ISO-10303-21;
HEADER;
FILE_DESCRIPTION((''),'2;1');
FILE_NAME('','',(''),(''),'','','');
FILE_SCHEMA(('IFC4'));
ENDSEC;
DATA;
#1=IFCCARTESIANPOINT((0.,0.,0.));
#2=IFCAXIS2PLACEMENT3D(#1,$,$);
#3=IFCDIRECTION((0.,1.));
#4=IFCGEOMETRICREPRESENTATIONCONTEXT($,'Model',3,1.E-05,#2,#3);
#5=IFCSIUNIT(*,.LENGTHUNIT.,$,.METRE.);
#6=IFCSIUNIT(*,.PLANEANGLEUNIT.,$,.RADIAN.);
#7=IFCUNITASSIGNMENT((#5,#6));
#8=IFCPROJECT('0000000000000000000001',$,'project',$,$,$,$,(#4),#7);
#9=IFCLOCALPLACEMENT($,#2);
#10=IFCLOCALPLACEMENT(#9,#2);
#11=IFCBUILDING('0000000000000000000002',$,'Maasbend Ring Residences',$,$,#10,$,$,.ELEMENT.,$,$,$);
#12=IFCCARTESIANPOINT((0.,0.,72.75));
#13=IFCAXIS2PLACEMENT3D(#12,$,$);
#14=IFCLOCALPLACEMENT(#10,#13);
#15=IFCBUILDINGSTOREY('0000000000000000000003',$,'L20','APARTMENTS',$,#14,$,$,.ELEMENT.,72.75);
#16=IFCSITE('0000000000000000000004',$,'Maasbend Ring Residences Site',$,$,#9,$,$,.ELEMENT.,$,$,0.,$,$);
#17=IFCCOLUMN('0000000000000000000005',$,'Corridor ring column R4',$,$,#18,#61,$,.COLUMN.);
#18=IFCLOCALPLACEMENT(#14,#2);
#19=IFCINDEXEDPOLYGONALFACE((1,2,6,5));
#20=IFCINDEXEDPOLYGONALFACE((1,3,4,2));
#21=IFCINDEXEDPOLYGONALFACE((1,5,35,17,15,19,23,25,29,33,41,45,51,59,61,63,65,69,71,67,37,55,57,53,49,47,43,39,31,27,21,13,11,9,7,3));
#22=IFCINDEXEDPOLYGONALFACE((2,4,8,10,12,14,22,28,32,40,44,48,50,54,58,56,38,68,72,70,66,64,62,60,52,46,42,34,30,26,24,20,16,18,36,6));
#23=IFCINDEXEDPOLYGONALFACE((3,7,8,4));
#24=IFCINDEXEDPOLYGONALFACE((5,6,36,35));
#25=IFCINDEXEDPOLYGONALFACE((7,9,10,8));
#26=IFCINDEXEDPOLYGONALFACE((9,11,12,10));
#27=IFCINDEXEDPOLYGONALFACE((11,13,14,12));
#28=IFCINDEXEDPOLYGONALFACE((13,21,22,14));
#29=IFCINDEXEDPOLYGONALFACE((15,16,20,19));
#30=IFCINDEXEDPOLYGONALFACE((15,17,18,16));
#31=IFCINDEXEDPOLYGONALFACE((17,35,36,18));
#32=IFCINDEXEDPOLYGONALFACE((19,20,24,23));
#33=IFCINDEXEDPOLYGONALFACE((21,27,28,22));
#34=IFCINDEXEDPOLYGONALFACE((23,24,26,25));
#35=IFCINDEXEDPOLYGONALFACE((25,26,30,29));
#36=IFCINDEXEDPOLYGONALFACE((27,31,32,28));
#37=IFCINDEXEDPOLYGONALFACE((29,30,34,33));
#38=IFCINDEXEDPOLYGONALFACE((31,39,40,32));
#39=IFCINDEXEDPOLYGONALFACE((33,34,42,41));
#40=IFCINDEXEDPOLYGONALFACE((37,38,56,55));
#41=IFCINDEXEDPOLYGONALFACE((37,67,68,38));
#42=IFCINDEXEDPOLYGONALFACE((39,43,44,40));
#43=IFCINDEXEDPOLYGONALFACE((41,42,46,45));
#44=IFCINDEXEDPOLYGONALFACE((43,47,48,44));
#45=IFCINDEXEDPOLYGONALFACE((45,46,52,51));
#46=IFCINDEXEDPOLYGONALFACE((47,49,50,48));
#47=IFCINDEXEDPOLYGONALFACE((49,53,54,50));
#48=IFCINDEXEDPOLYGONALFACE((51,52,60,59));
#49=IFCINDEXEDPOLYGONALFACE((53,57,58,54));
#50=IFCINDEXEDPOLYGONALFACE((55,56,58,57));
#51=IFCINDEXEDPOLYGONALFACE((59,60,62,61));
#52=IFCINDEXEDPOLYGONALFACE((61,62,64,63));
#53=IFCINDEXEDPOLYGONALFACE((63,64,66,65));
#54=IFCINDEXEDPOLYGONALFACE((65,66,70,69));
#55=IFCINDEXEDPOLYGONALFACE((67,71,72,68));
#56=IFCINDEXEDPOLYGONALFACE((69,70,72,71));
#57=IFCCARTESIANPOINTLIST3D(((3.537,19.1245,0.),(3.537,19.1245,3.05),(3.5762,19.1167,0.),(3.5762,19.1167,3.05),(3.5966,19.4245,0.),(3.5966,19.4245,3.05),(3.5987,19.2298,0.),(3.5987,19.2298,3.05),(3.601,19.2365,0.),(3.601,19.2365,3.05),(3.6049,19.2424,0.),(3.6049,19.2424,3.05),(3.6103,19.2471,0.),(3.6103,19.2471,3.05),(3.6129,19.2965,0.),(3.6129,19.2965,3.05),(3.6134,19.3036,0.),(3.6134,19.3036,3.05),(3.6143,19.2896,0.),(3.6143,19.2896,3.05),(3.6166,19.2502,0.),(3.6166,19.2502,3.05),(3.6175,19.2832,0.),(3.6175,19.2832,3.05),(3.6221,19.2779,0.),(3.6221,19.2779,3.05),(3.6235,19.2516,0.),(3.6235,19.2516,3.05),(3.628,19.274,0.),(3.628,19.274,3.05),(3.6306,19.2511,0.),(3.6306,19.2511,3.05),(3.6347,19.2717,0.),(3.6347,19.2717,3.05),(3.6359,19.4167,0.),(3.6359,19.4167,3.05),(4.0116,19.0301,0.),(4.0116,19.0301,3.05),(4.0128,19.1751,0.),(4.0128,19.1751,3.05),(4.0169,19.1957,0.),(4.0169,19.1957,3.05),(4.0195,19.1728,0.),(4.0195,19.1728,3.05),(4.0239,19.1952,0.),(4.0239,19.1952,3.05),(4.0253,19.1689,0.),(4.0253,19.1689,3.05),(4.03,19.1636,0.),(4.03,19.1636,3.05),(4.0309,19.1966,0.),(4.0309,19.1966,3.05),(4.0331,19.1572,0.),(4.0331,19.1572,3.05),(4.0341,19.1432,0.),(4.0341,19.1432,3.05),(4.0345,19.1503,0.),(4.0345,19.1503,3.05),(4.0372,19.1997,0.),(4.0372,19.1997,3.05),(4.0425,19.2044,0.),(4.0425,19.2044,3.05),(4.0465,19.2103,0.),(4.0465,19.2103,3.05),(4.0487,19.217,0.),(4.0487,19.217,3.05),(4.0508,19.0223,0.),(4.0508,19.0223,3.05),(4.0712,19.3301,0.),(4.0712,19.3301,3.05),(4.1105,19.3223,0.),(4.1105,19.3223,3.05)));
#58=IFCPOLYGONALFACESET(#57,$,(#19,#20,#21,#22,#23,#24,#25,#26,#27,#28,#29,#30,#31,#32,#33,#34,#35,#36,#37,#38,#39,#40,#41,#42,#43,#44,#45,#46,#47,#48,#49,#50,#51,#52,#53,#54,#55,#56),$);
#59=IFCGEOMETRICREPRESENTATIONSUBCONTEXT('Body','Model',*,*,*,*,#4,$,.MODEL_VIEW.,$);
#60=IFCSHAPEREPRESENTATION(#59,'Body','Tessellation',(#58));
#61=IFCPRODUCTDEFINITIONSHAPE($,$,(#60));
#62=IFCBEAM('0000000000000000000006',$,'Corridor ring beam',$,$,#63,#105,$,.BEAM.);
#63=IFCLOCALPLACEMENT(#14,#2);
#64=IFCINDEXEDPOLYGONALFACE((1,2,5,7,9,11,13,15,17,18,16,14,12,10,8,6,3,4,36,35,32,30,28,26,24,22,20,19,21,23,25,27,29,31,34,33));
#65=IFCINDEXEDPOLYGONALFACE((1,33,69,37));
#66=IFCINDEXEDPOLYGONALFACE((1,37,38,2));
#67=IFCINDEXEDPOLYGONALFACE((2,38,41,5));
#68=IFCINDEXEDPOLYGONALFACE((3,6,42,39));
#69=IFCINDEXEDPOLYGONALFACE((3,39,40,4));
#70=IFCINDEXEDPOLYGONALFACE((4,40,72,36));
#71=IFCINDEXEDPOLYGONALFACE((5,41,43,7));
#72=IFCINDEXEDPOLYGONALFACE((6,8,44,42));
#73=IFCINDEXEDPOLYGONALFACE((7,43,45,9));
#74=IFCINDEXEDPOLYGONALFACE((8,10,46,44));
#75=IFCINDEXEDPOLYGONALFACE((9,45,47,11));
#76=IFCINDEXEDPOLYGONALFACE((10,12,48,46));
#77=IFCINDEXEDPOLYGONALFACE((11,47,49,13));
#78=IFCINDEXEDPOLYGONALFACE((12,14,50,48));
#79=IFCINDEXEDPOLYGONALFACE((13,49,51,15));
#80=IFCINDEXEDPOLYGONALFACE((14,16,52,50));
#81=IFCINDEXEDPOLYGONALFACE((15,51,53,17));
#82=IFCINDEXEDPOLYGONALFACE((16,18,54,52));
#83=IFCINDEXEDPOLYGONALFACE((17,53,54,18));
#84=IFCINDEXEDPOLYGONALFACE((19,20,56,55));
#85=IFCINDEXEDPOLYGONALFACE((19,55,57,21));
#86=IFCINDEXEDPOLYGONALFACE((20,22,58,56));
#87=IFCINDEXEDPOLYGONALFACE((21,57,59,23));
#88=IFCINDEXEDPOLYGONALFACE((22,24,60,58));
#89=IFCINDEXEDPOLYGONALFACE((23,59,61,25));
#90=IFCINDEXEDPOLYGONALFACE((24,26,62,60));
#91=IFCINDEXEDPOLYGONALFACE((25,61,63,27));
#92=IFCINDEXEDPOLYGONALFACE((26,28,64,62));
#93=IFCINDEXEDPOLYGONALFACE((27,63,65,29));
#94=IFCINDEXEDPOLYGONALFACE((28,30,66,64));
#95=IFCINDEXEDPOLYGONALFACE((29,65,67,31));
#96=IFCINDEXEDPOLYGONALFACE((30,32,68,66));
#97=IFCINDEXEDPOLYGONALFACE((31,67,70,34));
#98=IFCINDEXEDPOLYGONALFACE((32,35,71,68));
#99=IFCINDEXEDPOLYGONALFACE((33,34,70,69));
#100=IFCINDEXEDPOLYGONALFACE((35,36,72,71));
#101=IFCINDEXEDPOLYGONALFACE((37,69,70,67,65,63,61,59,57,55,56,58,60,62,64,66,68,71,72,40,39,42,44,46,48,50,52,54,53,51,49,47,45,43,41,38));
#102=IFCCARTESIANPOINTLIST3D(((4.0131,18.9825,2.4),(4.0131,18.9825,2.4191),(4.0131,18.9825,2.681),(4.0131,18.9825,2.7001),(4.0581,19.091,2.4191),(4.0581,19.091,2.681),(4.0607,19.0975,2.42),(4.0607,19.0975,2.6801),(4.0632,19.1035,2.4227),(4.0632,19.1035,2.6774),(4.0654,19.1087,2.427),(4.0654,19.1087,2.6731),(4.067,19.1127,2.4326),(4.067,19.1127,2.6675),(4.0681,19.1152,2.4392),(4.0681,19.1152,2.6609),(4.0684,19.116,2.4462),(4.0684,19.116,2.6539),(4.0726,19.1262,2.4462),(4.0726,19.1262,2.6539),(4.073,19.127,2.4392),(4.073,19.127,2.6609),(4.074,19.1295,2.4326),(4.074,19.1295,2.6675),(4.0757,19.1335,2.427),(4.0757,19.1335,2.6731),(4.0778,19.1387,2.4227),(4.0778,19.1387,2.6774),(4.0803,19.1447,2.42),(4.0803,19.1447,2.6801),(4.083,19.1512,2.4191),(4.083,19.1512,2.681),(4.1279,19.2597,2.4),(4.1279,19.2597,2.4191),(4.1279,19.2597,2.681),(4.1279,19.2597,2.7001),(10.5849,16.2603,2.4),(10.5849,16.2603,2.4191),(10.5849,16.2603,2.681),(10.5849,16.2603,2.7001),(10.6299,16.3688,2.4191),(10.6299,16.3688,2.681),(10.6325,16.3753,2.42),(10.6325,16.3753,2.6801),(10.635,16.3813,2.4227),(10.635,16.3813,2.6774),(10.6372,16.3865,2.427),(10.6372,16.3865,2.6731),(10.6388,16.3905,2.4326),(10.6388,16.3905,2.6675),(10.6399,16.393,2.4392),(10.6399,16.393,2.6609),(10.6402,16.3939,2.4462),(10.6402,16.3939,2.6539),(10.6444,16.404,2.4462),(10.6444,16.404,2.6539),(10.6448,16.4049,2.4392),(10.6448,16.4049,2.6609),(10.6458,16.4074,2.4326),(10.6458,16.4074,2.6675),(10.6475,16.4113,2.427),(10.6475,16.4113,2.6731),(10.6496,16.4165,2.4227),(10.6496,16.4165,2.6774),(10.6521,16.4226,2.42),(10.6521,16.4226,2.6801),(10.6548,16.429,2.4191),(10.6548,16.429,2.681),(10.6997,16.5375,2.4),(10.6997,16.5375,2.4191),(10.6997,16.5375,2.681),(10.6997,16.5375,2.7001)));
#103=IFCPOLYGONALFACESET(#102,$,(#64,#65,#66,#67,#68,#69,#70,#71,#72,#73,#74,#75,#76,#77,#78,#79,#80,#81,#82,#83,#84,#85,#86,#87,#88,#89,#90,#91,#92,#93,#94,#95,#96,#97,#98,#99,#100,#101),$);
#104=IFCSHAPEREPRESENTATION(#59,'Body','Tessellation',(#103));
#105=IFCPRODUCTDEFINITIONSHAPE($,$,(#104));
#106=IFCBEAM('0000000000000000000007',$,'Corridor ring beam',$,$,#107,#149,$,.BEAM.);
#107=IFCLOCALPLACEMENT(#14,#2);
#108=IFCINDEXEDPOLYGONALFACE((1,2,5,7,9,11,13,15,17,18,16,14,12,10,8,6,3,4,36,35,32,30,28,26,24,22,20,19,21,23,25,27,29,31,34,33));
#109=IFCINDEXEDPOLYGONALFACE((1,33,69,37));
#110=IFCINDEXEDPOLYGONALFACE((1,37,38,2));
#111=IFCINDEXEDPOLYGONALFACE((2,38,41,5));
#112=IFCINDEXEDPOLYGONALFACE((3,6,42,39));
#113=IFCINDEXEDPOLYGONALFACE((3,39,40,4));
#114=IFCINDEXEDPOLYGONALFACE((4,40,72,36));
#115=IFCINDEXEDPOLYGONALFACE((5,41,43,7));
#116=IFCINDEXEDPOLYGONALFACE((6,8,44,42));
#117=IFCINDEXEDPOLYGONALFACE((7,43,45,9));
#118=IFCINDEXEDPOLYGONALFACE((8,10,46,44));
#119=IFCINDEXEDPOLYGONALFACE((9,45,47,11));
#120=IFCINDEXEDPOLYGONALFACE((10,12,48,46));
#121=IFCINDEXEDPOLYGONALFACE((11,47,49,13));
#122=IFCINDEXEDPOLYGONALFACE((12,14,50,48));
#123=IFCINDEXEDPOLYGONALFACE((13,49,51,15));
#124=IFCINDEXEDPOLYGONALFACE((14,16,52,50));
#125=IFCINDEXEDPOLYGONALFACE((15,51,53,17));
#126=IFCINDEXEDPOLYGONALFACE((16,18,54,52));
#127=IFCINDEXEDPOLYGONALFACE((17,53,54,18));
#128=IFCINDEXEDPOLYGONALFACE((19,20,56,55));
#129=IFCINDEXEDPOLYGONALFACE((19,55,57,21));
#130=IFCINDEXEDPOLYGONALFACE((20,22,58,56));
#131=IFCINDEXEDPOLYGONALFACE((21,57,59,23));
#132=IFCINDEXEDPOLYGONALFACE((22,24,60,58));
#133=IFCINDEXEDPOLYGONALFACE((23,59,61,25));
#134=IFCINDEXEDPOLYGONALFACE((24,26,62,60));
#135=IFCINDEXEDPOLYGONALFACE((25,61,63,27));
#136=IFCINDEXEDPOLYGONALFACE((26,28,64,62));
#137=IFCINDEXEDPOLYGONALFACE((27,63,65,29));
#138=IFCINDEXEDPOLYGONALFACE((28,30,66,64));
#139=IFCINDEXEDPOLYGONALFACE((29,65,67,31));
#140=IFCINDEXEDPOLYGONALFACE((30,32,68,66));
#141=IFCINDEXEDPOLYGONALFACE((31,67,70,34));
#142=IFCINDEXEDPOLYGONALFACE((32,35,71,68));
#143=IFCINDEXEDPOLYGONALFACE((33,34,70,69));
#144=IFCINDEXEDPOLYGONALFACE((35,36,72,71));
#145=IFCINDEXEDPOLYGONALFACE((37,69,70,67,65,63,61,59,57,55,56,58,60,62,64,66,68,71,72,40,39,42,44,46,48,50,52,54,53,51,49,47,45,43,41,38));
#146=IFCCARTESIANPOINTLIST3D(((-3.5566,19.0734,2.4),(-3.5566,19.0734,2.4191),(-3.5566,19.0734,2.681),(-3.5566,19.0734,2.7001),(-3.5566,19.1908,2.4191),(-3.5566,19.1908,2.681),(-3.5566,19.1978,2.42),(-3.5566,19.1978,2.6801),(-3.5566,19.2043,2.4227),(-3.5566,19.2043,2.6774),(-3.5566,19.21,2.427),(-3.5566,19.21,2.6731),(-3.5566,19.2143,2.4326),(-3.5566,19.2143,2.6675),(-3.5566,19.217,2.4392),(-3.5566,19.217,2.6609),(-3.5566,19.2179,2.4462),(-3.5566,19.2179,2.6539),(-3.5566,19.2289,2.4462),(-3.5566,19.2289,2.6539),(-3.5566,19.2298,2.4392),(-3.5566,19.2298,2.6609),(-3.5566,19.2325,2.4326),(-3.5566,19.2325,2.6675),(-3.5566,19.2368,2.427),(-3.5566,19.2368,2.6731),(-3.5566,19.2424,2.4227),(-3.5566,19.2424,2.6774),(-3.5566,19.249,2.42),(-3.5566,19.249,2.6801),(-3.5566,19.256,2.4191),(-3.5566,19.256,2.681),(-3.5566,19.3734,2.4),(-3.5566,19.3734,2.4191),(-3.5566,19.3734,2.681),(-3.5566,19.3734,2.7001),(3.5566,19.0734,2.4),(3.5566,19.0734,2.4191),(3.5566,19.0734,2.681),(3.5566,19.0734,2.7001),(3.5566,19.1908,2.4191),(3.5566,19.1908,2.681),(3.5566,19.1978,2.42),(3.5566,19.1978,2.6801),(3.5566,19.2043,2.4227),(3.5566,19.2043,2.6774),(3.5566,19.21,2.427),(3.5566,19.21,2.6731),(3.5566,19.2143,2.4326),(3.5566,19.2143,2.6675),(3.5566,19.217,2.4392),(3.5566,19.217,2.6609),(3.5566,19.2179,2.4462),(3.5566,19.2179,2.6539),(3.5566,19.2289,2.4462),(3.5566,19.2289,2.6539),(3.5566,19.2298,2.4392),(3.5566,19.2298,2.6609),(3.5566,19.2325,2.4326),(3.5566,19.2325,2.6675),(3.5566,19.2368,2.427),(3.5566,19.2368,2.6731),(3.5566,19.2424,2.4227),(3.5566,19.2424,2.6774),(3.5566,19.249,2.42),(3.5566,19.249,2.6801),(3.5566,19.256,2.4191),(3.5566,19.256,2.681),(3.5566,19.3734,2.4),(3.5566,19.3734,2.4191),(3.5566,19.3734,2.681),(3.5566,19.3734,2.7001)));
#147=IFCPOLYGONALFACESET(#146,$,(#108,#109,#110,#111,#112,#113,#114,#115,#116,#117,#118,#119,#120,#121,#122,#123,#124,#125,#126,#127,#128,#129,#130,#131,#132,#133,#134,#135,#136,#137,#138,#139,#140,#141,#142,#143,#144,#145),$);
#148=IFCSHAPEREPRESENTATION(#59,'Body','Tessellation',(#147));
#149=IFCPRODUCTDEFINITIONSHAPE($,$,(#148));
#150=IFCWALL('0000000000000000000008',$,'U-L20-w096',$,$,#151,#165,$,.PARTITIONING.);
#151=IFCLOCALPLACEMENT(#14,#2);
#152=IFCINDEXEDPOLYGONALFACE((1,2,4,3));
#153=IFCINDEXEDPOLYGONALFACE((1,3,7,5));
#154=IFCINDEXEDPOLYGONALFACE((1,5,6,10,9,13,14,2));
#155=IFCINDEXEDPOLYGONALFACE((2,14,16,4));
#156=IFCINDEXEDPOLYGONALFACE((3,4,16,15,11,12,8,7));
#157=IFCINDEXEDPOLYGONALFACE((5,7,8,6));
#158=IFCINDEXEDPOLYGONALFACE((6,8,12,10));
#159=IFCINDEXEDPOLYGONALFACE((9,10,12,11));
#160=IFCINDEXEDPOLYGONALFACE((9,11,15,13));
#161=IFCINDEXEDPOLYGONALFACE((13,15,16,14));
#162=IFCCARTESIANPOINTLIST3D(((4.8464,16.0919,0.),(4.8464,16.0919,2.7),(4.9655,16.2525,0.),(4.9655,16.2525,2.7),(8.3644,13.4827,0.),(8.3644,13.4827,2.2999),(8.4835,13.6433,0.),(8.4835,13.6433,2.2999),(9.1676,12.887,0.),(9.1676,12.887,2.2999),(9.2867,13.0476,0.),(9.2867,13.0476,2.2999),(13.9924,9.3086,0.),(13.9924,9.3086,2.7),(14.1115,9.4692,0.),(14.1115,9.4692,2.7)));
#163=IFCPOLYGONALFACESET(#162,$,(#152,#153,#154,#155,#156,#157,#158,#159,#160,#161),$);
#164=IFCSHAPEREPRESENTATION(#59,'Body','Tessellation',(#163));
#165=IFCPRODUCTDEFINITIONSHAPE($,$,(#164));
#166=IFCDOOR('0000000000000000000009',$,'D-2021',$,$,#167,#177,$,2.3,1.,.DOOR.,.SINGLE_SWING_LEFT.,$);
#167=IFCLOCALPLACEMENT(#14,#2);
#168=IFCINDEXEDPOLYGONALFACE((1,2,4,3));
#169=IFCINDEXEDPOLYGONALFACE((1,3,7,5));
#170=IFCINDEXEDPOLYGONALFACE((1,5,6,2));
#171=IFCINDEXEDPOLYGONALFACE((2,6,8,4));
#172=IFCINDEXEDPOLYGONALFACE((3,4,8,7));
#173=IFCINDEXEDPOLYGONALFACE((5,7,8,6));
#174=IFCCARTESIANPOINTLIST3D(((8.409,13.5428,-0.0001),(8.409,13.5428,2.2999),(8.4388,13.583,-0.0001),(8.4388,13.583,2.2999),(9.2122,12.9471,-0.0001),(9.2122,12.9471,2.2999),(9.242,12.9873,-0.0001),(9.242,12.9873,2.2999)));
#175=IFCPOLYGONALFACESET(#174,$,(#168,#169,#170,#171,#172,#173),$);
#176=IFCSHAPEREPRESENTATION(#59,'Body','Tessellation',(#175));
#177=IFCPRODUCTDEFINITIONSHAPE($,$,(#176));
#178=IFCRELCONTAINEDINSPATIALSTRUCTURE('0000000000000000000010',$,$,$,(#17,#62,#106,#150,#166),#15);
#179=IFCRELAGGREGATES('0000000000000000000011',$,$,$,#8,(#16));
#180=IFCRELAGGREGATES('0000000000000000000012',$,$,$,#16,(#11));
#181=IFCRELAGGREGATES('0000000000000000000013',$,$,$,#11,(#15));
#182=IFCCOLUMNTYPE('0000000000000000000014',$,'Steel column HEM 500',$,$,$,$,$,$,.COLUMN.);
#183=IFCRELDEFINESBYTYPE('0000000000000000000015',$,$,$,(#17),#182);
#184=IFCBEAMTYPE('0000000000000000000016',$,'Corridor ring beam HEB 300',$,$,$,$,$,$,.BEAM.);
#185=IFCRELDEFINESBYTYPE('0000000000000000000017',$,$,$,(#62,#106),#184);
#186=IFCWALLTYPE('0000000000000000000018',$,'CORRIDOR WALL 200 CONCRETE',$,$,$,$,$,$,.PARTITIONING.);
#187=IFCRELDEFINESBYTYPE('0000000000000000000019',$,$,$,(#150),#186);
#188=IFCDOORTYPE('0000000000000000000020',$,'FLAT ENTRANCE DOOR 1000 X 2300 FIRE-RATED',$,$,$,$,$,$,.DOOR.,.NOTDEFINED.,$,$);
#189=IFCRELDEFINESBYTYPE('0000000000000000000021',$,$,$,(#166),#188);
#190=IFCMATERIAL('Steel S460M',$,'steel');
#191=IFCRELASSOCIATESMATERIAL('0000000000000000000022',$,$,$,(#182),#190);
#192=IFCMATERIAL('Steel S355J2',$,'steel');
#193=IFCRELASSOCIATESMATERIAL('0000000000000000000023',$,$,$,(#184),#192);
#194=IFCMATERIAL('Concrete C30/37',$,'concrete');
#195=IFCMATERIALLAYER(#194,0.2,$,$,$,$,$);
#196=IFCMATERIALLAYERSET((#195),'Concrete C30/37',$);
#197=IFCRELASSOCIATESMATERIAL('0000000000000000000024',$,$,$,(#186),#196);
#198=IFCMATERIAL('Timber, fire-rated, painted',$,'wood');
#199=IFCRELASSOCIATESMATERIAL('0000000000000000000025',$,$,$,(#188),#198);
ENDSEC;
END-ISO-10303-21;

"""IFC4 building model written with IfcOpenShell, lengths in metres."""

from ifc_helpers import new_model, si_unit, direction, frame, frame_2d, origin, origin_2d, place, context, subcontext, project, spatial, rectangle, i_section, extrude, material, layer, layer_set, material_profile, profile_set, type_object, element, fill, save


model = new_model("IFC4")

# Units and contexts
model_context = context("Model", 3, precision=1e-05, world=origin(), true_north=direction((0.0, 1.0)))
body_context = subcontext(model_context, "Body", "Model", "MODEL_VIEW")
ifc_project = project(units=[si_unit("LENGTHUNIT", "METRE"), si_unit("PLANEANGLEUNIT", "RADIAN")], contexts=[model_context])

# Site, building, storey
site_placement = place(None, origin())
site = spatial("IfcSite", under=ifc_project, at=site_placement, Name="Maasbend Ring Residences Site", CompositionType="ELEMENT", RefElevation=0.0)
building_placement = place(site_placement, origin())
building = spatial("IfcBuilding", under=site, at=building_placement, Name="Maasbend Ring Residences", CompositionType="ELEMENT")
storey_placement = place(building_placement, frame((0.0, 0.0, 72.75)))
storey = spatial("IfcBuildingStorey", under=building, at=storey_placement, Name="L20", Description="APARTMENTS", CompositionType="ELEMENT", Elevation=72.75)

# Column
ifc_material_1 = material(Name="Steel S460M", Category="steel")
ifc_material_profile_1 = material_profile(ifc_material_1, i_section(OverallWidth=0.3059, OverallDepth=0.5239, WebThickness=0.021, FlangeThickness=0.04, FilletRadius=0.0271, at=origin_2d()), Name="HEM 500")
ifc_profile_set_1 = profile_set([ifc_material_profile_1], Name="Steel S460M")
column_type = type_object("IfcColumnType", Name="Steel column HEM 500", PredefinedType="COLUMN", material=ifc_profile_set_1)
column_placement = place(storey_placement, frame((3.8237, 19.2234, 0.0), z_axis=(0.0, 0.0, 1.0), x_axis=(0.19509, 0.980785, 0.0)))
element("IfcColumn", 1, at=column_placement, inside=storey, type_object=column_type, Name="Corridor ring column R4", PredefinedType="COLUMN", context=body_context, shape_type="SweptSolid", body=[
    extrude(i_section(OverallWidth=0.3059, OverallDepth=0.5239, WebThickness=0.021, FlangeThickness=0.04, FilletRadius=0.0271, at=origin_2d()), origin(), (0.0, 0.0, 1.0), 3.05),
])

# Beams
ifc_material_2 = material(Name="Steel S355J2", Category="steel")
ifc_material_profile_2 = material_profile(ifc_material_2, i_section(OverallWidth=0.3, OverallDepth=0.3, WebThickness=0.011, FlangeThickness=0.019, FilletRadius=0.0271, at=origin_2d()), Name="HEB 300")
ifc_profile_set_2 = profile_set([ifc_material_profile_2], Name="Steel S355J2")
beam_type = type_object("IfcBeamType", Name="Corridor ring beam HEB 300", PredefinedType="BEAM", material=ifc_profile_set_2)
for number, where, z_axis, x_axis, name in (
    (2, (10.6423, 16.3989, 2.55), (-0.923877, 0.382689, 0.0), (-0.382689, -0.923877, 0.0), "Corridor ring beam"),
    (3, (3.5566, 19.2234, 2.55), (-1.0, 0.0, 0.0), (0.0, -1.0, 0.0), "Corridor ring beam"),
):
    element("IfcBeam", number, at=place(storey_placement, frame(where, z_axis=z_axis, x_axis=x_axis)), inside=storey, type_object=beam_type, Name=name, PredefinedType="BEAM", context=body_context, shape_type="SweptSolid", body=[
        extrude(i_section(OverallWidth=0.3, OverallDepth=0.3, WebThickness=0.011, FlangeThickness=0.019, FilletRadius=0.0271, at=origin_2d()), origin(), (0.0, 0.0, 1.0), 7.1133),
    ])

# Wall, opening, door
ifc_material_3 = material(Name="Concrete C30/37", Category="concrete")
ifc_layer_1 = layer(ifc_material_3, 0.2)
ifc_layer_set_1 = layer_set([ifc_layer_1], Name="Concrete C30/37")
wall_type_1 = type_object("IfcWallType", Name="CORRIDOR WALL 200 CONCRETE", PredefinedType="PARTITIONING", material=ifc_layer_set_1)
wall_1_placement = place(storey_placement, frame((4.906, 16.1721, 0.0), z_axis=(0.0, 0.0, 1.0), x_axis=(0.803205, -0.595703, 0.0)))
wall_1 = element("IfcWall", 4, at=wall_1_placement, inside=storey, type_object=wall_type_1, Name="U-L20-w096", PredefinedType="PARTITIONING", context=body_context, shape_type="SweptSolid", body=[
    extrude(rectangle(XDim=11.387, YDim=0.2, at=frame_2d((5.6934, 0.0))), origin(), (0.0, 0.0, 1.0), 2.7),
])
opening_1_placement = place(wall_1_placement, frame((4.3799, 0.0, 0.0)))
opening_1 = element("IfcOpeningElement", 5, at=opening_1_placement, cuts=wall_1, PredefinedType="OPENING", context=body_context, shape_type="SweptSolid", body=[
    extrude(rectangle(XDim=1.0, YDim=2.3, at=frame_2d((0.5, 1.1499))), frame((0.0, 0.1099, 0.0), z_axis=(0.0, -1.0, 0.0), x_axis=(1.0, 0.0, 0.0)), (0.0, 0.0, 1.0), 0.22),
])
ifc_material_4 = material(Name="Timber, fire-rated, painted", Category="wood")
door_type_1 = type_object("IfcDoorType", Name="FLAT ENTRANCE DOOR 1000 X 2300 FIRE-RATED", OperationType="NOTDEFINED", PredefinedType="DOOR", material=ifc_material_4)
door_1_placement = place(opening_1_placement, origin())
door_1 = element("IfcDoor", 6, at=door_1_placement, inside=storey, type_object=door_type_1, Name="D-2021", OperationType="SINGLE_SWING_LEFT", OverallHeight=2.3, OverallWidth=1.0, PredefinedType="DOOR", context=body_context, shape_type="SweptSolid", body=[
    extrude(rectangle(XDim=1.0, YDim=2.3, at=frame_2d((0.5, 1.1499))), frame((0.0, 0.0249, 0.0), z_axis=(0.0, -1.0, 0.0), x_axis=(1.0, 0.0, 0.0)), (0.0, 0.0, 1.0), 0.05),
])
fill(opening_1, door_1)

save(model, "model.ifc")
